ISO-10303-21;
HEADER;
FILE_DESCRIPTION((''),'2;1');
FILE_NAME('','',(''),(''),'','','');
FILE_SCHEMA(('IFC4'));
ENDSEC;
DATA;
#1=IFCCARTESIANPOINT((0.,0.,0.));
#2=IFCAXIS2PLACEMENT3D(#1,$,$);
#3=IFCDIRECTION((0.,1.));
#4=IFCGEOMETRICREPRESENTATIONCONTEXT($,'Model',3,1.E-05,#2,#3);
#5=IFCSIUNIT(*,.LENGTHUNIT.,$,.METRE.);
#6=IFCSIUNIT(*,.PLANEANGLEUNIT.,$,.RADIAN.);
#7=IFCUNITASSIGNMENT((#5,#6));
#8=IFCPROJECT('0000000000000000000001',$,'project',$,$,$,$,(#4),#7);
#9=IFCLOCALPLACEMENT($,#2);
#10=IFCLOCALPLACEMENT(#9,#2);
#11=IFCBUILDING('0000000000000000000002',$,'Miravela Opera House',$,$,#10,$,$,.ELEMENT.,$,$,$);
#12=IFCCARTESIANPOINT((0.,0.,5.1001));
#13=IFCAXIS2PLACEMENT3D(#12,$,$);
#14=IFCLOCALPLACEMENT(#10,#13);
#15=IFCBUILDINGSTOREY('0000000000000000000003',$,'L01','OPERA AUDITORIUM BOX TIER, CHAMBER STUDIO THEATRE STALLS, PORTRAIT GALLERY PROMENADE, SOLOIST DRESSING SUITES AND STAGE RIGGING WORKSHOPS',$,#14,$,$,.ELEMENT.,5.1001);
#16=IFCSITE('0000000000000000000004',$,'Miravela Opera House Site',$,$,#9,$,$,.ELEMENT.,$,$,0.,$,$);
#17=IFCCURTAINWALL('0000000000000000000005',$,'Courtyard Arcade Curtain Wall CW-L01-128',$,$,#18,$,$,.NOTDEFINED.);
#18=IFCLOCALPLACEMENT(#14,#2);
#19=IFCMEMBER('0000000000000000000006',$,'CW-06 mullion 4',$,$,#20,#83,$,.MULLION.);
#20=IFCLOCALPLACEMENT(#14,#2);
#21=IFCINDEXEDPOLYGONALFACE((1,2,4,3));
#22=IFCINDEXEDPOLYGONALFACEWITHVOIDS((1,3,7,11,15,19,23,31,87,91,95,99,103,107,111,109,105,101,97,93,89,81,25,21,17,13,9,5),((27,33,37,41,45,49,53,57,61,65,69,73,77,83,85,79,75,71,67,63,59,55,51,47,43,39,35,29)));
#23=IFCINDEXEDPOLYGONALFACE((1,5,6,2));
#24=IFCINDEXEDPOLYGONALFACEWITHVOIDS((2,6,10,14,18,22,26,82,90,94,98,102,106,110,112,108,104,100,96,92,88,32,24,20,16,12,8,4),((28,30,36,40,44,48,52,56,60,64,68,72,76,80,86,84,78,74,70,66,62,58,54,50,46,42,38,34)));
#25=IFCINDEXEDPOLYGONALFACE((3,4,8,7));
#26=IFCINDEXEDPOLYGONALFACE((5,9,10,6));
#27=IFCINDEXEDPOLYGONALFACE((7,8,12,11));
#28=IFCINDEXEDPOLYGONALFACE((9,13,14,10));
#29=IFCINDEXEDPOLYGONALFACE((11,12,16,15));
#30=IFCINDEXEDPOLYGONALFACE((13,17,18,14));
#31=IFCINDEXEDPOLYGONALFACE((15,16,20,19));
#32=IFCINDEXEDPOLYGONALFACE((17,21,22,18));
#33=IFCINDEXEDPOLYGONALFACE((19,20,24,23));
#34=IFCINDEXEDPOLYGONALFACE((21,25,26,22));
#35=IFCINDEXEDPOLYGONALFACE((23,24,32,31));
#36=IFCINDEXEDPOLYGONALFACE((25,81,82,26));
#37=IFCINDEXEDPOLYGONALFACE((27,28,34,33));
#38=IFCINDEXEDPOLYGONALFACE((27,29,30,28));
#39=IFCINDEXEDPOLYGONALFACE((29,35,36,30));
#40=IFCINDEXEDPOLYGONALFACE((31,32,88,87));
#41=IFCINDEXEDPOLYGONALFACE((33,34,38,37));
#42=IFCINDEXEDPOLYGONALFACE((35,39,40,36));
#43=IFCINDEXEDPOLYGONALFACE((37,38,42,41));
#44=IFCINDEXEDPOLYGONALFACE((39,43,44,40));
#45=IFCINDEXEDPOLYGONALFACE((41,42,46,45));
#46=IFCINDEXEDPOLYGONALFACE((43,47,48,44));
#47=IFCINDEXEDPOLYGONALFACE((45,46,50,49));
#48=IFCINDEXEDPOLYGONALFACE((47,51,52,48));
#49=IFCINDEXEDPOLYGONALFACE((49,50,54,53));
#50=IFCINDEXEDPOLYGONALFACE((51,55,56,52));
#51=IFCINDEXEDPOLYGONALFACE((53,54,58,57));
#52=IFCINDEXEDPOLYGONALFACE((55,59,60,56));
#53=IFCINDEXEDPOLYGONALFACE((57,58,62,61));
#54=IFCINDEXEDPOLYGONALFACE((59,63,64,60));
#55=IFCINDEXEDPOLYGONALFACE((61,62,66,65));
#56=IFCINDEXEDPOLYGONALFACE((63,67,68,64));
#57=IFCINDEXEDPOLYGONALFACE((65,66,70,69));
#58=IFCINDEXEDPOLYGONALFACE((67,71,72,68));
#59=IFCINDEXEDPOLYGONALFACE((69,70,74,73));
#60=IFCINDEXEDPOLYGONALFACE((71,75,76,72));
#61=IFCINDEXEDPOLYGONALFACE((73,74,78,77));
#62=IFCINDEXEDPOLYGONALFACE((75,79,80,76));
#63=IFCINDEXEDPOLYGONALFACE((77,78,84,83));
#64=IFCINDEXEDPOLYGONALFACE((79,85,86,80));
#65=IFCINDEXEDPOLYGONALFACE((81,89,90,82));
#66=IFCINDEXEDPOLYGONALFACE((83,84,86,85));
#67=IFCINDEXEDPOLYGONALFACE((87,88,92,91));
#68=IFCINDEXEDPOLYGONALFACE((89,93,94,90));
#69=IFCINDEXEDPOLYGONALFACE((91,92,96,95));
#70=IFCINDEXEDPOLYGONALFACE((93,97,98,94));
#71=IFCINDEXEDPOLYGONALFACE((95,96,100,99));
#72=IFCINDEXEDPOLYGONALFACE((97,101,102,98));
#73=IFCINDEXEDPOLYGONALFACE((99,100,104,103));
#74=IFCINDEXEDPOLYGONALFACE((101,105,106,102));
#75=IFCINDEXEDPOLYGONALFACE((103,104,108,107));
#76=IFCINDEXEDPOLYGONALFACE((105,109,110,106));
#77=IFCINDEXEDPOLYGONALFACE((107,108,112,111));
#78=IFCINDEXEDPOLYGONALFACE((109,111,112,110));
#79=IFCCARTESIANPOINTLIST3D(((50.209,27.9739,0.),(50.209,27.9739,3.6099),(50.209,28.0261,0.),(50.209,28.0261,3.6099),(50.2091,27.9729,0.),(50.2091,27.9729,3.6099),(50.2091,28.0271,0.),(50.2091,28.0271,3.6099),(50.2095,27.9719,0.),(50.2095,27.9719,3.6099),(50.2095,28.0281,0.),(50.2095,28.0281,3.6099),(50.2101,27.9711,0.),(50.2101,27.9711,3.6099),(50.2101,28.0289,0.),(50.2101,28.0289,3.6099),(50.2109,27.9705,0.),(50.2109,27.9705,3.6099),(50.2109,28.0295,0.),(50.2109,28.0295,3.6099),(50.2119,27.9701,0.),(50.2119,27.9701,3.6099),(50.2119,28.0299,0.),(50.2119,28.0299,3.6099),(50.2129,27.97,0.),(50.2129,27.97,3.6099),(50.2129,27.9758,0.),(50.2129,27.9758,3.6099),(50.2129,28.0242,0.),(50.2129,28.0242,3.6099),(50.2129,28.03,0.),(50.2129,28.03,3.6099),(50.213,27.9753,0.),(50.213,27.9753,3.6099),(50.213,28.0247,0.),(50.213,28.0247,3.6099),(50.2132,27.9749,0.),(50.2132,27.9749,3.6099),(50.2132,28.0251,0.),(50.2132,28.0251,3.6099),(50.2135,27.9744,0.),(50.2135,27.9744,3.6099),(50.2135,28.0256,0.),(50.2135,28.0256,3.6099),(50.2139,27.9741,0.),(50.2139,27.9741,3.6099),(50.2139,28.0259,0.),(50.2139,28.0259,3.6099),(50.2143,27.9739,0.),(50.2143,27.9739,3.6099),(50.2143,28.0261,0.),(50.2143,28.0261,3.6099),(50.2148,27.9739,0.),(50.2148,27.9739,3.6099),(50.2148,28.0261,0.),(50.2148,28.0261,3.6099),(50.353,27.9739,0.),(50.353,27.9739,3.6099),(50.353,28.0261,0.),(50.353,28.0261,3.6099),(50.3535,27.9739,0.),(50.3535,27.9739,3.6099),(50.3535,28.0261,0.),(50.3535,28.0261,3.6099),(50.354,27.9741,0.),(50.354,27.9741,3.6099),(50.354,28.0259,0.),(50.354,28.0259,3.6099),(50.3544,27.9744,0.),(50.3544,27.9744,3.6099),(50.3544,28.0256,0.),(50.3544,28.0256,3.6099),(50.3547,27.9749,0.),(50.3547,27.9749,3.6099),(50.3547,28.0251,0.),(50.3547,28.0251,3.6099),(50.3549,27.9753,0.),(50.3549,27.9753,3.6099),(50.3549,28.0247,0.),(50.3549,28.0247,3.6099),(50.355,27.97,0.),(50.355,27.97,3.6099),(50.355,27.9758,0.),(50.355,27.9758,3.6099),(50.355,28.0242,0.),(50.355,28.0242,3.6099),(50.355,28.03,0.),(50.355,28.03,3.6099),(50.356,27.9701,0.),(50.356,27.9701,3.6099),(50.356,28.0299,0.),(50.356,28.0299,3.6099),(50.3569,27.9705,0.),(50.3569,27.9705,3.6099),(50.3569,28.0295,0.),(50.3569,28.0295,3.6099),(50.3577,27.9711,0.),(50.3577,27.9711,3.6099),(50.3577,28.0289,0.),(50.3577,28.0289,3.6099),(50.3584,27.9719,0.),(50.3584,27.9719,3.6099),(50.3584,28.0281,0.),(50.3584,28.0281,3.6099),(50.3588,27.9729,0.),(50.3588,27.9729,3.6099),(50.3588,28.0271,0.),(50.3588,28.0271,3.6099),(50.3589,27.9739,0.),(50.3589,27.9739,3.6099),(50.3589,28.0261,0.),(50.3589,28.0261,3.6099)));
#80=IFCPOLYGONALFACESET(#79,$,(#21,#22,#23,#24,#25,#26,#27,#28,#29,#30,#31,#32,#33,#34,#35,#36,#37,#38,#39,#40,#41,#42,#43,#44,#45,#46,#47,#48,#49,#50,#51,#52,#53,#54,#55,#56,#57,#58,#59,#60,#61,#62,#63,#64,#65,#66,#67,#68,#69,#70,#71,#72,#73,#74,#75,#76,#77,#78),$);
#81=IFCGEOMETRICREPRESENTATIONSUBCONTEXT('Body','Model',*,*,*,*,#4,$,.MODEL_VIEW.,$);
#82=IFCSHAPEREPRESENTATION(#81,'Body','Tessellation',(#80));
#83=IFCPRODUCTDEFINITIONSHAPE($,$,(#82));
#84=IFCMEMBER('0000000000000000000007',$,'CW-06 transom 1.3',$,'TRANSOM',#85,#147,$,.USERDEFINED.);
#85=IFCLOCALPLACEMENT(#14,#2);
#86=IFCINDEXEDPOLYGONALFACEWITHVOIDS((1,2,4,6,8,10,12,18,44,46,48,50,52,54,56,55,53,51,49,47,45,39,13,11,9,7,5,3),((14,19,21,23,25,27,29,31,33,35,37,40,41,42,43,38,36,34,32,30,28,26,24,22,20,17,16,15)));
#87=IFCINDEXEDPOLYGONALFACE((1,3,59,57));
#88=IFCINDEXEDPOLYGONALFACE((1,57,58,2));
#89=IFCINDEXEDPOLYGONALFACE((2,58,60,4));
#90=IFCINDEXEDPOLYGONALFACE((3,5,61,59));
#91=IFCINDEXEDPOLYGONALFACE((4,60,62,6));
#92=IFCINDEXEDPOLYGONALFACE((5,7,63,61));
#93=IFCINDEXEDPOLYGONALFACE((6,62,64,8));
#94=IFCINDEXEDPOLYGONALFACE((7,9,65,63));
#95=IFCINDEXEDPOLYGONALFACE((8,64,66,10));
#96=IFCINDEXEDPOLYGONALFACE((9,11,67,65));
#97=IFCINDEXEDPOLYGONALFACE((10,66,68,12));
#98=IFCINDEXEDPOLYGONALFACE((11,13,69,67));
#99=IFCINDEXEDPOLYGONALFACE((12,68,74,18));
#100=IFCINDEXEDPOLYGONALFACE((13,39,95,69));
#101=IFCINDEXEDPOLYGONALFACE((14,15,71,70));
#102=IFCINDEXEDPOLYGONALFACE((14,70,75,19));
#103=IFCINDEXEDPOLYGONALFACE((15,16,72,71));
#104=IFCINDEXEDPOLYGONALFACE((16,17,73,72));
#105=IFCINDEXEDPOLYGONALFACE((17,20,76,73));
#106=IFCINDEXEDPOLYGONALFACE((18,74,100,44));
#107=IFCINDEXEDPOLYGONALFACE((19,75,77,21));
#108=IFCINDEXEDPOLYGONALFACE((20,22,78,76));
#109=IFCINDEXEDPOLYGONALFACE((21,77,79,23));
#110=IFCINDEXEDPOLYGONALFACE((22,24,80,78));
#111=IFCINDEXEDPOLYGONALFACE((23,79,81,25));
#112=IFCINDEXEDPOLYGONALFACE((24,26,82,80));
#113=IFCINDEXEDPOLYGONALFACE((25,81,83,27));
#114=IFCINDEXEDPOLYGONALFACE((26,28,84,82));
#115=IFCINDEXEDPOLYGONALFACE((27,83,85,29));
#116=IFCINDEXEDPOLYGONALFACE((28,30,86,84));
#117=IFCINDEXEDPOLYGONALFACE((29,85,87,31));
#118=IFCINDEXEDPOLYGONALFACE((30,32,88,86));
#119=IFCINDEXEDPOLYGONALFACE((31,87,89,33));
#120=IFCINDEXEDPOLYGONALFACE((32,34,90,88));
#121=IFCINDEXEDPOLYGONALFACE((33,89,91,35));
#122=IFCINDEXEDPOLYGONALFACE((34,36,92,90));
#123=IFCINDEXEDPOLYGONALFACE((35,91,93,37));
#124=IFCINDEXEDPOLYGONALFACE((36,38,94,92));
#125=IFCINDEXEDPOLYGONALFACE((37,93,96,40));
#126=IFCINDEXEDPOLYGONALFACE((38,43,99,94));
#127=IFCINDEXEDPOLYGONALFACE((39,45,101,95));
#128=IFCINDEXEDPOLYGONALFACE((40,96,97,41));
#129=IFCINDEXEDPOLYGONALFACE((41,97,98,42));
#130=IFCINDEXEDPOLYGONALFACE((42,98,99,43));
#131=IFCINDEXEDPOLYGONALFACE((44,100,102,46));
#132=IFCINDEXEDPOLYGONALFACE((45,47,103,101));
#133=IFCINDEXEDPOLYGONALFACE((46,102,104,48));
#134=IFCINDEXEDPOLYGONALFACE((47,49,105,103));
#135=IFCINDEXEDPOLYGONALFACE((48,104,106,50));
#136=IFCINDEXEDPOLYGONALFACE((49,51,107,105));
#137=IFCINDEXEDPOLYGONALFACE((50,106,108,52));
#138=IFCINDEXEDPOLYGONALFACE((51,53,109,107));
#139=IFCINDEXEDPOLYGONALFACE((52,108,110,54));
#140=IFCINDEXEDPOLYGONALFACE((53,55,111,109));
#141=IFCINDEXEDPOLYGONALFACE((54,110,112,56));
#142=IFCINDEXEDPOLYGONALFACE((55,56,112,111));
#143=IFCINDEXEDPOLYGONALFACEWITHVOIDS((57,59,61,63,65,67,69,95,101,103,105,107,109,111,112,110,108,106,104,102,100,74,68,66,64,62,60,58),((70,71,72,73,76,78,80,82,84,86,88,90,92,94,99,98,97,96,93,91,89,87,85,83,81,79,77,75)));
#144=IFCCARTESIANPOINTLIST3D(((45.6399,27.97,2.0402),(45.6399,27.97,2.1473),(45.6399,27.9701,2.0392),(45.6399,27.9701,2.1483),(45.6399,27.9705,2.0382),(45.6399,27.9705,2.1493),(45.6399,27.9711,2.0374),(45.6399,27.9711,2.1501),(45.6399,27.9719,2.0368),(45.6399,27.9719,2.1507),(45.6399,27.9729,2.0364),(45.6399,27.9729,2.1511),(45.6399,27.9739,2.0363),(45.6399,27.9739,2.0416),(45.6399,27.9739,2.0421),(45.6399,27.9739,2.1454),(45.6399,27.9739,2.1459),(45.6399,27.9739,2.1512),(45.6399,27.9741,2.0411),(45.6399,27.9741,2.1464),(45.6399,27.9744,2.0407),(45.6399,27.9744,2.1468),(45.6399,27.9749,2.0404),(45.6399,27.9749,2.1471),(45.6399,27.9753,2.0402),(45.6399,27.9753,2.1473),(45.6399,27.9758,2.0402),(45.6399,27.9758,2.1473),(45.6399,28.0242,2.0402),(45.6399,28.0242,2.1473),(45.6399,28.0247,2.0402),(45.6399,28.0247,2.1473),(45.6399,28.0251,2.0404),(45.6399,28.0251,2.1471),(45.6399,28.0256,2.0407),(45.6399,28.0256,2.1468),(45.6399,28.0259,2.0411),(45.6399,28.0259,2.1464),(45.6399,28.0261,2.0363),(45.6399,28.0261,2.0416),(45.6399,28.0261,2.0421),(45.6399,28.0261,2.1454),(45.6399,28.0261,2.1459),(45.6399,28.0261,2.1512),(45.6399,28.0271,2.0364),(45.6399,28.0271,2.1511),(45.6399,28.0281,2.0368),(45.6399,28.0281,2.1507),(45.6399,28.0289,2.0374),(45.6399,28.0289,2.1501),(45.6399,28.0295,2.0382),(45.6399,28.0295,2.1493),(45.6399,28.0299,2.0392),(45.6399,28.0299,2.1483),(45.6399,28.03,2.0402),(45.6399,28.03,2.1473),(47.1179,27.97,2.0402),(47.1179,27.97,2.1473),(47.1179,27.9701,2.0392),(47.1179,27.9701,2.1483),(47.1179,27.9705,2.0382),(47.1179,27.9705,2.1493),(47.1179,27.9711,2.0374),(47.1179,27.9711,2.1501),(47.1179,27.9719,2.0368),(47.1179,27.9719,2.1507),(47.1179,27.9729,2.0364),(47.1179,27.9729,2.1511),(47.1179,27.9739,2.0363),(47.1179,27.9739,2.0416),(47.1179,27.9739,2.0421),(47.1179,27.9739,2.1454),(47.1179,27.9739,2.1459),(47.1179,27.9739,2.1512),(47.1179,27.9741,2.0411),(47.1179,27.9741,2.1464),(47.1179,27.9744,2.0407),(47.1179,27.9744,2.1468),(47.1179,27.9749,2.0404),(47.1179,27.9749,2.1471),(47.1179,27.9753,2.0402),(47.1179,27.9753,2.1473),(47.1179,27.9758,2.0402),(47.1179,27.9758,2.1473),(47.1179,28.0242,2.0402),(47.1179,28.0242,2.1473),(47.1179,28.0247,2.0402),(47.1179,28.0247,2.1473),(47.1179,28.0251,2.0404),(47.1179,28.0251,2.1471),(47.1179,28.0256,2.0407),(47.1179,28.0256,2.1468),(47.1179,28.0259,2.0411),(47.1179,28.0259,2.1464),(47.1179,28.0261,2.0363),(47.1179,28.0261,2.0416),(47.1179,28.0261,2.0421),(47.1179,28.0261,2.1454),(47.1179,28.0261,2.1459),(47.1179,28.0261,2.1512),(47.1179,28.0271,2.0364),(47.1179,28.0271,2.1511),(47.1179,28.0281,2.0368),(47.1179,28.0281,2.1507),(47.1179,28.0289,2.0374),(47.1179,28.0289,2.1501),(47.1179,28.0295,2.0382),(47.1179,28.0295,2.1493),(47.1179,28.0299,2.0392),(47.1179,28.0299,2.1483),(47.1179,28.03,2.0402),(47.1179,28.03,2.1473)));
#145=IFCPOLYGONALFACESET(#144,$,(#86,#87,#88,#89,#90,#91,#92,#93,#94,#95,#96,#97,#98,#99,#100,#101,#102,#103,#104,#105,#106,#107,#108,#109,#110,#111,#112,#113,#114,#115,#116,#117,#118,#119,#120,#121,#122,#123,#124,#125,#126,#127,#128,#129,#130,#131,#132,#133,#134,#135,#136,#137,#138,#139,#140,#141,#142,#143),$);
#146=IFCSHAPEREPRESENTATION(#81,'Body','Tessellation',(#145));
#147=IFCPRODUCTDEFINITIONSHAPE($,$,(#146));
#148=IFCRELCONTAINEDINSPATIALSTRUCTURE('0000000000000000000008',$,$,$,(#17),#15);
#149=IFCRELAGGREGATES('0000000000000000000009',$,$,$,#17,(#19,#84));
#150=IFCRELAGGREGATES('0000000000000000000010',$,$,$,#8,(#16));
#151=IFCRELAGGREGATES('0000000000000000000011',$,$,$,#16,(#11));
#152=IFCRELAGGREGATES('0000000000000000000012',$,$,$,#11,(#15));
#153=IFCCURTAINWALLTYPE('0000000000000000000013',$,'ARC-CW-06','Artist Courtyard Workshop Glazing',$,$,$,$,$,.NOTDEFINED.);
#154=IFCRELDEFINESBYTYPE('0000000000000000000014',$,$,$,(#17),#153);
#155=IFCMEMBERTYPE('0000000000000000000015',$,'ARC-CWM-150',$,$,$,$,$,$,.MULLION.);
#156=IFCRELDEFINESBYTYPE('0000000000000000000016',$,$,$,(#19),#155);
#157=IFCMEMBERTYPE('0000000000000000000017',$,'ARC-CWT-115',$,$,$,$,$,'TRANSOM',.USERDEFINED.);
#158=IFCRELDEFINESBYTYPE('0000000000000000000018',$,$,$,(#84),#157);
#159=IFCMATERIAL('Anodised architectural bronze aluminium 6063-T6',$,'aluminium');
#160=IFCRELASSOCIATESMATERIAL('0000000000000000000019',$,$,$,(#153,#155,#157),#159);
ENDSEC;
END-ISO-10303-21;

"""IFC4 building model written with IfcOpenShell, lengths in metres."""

from ifc_helpers import new_model, si_unit, direction, frame, origin, origin_2d, place, context, subcontext, project, spatial, hollow_rectangle, extrude, material, material_profile, profile_set, type_object, element, aggregate, save


model = new_model("IFC4")

# Units and contexts
model_context = context("Model", 3, precision=1e-05, world=origin(), true_north=direction((0.0, 1.0)))
body_context = subcontext(model_context, "Body", "Model", "MODEL_VIEW")
ifc_project = project(units=[si_unit("LENGTHUNIT", "METRE"), si_unit("PLANEANGLEUNIT", "RADIAN")], contexts=[model_context])

# Site, building, storey
site_placement = place(None, origin())
site = spatial("IfcSite", under=ifc_project, at=site_placement, Name="Miravela Opera House Site", CompositionType="ELEMENT", RefElevation=0.0)
building_placement = place(site_placement, origin())
building = spatial("IfcBuilding", under=site, at=building_placement, Name="Miravela Opera House", CompositionType="ELEMENT")
storey_placement = place(building_placement, frame((0.0, 0.0, 5.1001)))
storey = spatial("IfcBuildingStorey", under=building, at=storey_placement, Name="L01", Description="OPERA AUDITORIUM BOX TIER, CHAMBER STUDIO THEATRE STALLS, PORTRAIT GALLERY PROMENADE, SOLOIST DRESSING SUITES AND STAGE RIGGING WORKSHOPS", CompositionType="ELEMENT", Elevation=5.1001)

# Curtain wall, members
ifc_material_1 = material(Name="Anodised architectural bronze aluminium 6063-T6", Category="aluminium")
curtain_wall_type = type_object("IfcCurtainWallType", Name="ARC-CW-06", Description="Artist Courtyard Workshop Glazing", PredefinedType="NOTDEFINED", material=ifc_material_1)
curtain_wall_placement = place(storey_placement, origin())
curtain_wall = element("IfcCurtainWall", 1, at=curtain_wall_placement, inside=storey, type_object=curtain_wall_type, Name="Courtyard Arcade Curtain Wall CW-L01-128", PredefinedType="NOTDEFINED")
ifc_material_profile_1 = material_profile(ifc_material_1, hollow_rectangle(XDim=0.0601, YDim=0.1499, WallThickness=0.0039, InnerFilletRadius=0.002, OuterFilletRadius=0.0039, at=origin_2d()), Name="CWM-60X150")
ifc_profile_set_1 = profile_set([ifc_material_profile_1])
member_type_1 = type_object("IfcMemberType", Name="ARC-CWM-150", PredefinedType="MULLION", material=ifc_profile_set_1)
member_1_placement = place(storey_placement, frame((50.2839, 28.0, 0.0), z_axis=(0.0, 0.0, 1.0), x_axis=(0.0, 1.0, 0.0)))
member_1 = element("IfcMember", 2, at=member_1_placement, type_object=member_type_1, Name="CW-06 mullion 4", PredefinedType="MULLION", context=body_context, shape_type="SweptSolid", body=[
    extrude(hollow_rectangle(XDim=0.0601, YDim=0.1499, WallThickness=0.0039, InnerFilletRadius=0.002, OuterFilletRadius=0.0039, at=origin_2d()), origin(), (0.0, 0.0, 1.0), 3.6099),
])
ifc_material_profile_2 = material_profile(ifc_material_1, hollow_rectangle(XDim=0.0601, YDim=0.115, WallThickness=0.0039, InnerFilletRadius=0.002, OuterFilletRadius=0.0039, at=origin_2d()), Name="CWT-60X115")
ifc_profile_set_2 = profile_set([ifc_material_profile_2])
member_type_2 = type_object("IfcMemberType", Name="ARC-CWT-115", ElementType="TRANSOM", PredefinedType="USERDEFINED", material=ifc_profile_set_2)
member_2_placement = place(storey_placement, frame((45.6399, 28.0, 2.0938), z_axis=(1.0, 0.0, 0.0), x_axis=(0.0, 1.0, 0.0)))
member_2 = element("IfcMember", 3, at=member_2_placement, type_object=member_type_2, Name="CW-06 transom 1.3", ObjectType="TRANSOM", PredefinedType="USERDEFINED", context=body_context, shape_type="SweptSolid", body=[
    extrude(hollow_rectangle(XDim=0.0601, YDim=0.115, WallThickness=0.0039, InnerFilletRadius=0.002, OuterFilletRadius=0.0039, at=origin_2d()), origin(), (0.0, 0.0, 1.0), 1.478),
])
aggregate(curtain_wall, [member_1, member_2])

save(model, "model.ifc")
